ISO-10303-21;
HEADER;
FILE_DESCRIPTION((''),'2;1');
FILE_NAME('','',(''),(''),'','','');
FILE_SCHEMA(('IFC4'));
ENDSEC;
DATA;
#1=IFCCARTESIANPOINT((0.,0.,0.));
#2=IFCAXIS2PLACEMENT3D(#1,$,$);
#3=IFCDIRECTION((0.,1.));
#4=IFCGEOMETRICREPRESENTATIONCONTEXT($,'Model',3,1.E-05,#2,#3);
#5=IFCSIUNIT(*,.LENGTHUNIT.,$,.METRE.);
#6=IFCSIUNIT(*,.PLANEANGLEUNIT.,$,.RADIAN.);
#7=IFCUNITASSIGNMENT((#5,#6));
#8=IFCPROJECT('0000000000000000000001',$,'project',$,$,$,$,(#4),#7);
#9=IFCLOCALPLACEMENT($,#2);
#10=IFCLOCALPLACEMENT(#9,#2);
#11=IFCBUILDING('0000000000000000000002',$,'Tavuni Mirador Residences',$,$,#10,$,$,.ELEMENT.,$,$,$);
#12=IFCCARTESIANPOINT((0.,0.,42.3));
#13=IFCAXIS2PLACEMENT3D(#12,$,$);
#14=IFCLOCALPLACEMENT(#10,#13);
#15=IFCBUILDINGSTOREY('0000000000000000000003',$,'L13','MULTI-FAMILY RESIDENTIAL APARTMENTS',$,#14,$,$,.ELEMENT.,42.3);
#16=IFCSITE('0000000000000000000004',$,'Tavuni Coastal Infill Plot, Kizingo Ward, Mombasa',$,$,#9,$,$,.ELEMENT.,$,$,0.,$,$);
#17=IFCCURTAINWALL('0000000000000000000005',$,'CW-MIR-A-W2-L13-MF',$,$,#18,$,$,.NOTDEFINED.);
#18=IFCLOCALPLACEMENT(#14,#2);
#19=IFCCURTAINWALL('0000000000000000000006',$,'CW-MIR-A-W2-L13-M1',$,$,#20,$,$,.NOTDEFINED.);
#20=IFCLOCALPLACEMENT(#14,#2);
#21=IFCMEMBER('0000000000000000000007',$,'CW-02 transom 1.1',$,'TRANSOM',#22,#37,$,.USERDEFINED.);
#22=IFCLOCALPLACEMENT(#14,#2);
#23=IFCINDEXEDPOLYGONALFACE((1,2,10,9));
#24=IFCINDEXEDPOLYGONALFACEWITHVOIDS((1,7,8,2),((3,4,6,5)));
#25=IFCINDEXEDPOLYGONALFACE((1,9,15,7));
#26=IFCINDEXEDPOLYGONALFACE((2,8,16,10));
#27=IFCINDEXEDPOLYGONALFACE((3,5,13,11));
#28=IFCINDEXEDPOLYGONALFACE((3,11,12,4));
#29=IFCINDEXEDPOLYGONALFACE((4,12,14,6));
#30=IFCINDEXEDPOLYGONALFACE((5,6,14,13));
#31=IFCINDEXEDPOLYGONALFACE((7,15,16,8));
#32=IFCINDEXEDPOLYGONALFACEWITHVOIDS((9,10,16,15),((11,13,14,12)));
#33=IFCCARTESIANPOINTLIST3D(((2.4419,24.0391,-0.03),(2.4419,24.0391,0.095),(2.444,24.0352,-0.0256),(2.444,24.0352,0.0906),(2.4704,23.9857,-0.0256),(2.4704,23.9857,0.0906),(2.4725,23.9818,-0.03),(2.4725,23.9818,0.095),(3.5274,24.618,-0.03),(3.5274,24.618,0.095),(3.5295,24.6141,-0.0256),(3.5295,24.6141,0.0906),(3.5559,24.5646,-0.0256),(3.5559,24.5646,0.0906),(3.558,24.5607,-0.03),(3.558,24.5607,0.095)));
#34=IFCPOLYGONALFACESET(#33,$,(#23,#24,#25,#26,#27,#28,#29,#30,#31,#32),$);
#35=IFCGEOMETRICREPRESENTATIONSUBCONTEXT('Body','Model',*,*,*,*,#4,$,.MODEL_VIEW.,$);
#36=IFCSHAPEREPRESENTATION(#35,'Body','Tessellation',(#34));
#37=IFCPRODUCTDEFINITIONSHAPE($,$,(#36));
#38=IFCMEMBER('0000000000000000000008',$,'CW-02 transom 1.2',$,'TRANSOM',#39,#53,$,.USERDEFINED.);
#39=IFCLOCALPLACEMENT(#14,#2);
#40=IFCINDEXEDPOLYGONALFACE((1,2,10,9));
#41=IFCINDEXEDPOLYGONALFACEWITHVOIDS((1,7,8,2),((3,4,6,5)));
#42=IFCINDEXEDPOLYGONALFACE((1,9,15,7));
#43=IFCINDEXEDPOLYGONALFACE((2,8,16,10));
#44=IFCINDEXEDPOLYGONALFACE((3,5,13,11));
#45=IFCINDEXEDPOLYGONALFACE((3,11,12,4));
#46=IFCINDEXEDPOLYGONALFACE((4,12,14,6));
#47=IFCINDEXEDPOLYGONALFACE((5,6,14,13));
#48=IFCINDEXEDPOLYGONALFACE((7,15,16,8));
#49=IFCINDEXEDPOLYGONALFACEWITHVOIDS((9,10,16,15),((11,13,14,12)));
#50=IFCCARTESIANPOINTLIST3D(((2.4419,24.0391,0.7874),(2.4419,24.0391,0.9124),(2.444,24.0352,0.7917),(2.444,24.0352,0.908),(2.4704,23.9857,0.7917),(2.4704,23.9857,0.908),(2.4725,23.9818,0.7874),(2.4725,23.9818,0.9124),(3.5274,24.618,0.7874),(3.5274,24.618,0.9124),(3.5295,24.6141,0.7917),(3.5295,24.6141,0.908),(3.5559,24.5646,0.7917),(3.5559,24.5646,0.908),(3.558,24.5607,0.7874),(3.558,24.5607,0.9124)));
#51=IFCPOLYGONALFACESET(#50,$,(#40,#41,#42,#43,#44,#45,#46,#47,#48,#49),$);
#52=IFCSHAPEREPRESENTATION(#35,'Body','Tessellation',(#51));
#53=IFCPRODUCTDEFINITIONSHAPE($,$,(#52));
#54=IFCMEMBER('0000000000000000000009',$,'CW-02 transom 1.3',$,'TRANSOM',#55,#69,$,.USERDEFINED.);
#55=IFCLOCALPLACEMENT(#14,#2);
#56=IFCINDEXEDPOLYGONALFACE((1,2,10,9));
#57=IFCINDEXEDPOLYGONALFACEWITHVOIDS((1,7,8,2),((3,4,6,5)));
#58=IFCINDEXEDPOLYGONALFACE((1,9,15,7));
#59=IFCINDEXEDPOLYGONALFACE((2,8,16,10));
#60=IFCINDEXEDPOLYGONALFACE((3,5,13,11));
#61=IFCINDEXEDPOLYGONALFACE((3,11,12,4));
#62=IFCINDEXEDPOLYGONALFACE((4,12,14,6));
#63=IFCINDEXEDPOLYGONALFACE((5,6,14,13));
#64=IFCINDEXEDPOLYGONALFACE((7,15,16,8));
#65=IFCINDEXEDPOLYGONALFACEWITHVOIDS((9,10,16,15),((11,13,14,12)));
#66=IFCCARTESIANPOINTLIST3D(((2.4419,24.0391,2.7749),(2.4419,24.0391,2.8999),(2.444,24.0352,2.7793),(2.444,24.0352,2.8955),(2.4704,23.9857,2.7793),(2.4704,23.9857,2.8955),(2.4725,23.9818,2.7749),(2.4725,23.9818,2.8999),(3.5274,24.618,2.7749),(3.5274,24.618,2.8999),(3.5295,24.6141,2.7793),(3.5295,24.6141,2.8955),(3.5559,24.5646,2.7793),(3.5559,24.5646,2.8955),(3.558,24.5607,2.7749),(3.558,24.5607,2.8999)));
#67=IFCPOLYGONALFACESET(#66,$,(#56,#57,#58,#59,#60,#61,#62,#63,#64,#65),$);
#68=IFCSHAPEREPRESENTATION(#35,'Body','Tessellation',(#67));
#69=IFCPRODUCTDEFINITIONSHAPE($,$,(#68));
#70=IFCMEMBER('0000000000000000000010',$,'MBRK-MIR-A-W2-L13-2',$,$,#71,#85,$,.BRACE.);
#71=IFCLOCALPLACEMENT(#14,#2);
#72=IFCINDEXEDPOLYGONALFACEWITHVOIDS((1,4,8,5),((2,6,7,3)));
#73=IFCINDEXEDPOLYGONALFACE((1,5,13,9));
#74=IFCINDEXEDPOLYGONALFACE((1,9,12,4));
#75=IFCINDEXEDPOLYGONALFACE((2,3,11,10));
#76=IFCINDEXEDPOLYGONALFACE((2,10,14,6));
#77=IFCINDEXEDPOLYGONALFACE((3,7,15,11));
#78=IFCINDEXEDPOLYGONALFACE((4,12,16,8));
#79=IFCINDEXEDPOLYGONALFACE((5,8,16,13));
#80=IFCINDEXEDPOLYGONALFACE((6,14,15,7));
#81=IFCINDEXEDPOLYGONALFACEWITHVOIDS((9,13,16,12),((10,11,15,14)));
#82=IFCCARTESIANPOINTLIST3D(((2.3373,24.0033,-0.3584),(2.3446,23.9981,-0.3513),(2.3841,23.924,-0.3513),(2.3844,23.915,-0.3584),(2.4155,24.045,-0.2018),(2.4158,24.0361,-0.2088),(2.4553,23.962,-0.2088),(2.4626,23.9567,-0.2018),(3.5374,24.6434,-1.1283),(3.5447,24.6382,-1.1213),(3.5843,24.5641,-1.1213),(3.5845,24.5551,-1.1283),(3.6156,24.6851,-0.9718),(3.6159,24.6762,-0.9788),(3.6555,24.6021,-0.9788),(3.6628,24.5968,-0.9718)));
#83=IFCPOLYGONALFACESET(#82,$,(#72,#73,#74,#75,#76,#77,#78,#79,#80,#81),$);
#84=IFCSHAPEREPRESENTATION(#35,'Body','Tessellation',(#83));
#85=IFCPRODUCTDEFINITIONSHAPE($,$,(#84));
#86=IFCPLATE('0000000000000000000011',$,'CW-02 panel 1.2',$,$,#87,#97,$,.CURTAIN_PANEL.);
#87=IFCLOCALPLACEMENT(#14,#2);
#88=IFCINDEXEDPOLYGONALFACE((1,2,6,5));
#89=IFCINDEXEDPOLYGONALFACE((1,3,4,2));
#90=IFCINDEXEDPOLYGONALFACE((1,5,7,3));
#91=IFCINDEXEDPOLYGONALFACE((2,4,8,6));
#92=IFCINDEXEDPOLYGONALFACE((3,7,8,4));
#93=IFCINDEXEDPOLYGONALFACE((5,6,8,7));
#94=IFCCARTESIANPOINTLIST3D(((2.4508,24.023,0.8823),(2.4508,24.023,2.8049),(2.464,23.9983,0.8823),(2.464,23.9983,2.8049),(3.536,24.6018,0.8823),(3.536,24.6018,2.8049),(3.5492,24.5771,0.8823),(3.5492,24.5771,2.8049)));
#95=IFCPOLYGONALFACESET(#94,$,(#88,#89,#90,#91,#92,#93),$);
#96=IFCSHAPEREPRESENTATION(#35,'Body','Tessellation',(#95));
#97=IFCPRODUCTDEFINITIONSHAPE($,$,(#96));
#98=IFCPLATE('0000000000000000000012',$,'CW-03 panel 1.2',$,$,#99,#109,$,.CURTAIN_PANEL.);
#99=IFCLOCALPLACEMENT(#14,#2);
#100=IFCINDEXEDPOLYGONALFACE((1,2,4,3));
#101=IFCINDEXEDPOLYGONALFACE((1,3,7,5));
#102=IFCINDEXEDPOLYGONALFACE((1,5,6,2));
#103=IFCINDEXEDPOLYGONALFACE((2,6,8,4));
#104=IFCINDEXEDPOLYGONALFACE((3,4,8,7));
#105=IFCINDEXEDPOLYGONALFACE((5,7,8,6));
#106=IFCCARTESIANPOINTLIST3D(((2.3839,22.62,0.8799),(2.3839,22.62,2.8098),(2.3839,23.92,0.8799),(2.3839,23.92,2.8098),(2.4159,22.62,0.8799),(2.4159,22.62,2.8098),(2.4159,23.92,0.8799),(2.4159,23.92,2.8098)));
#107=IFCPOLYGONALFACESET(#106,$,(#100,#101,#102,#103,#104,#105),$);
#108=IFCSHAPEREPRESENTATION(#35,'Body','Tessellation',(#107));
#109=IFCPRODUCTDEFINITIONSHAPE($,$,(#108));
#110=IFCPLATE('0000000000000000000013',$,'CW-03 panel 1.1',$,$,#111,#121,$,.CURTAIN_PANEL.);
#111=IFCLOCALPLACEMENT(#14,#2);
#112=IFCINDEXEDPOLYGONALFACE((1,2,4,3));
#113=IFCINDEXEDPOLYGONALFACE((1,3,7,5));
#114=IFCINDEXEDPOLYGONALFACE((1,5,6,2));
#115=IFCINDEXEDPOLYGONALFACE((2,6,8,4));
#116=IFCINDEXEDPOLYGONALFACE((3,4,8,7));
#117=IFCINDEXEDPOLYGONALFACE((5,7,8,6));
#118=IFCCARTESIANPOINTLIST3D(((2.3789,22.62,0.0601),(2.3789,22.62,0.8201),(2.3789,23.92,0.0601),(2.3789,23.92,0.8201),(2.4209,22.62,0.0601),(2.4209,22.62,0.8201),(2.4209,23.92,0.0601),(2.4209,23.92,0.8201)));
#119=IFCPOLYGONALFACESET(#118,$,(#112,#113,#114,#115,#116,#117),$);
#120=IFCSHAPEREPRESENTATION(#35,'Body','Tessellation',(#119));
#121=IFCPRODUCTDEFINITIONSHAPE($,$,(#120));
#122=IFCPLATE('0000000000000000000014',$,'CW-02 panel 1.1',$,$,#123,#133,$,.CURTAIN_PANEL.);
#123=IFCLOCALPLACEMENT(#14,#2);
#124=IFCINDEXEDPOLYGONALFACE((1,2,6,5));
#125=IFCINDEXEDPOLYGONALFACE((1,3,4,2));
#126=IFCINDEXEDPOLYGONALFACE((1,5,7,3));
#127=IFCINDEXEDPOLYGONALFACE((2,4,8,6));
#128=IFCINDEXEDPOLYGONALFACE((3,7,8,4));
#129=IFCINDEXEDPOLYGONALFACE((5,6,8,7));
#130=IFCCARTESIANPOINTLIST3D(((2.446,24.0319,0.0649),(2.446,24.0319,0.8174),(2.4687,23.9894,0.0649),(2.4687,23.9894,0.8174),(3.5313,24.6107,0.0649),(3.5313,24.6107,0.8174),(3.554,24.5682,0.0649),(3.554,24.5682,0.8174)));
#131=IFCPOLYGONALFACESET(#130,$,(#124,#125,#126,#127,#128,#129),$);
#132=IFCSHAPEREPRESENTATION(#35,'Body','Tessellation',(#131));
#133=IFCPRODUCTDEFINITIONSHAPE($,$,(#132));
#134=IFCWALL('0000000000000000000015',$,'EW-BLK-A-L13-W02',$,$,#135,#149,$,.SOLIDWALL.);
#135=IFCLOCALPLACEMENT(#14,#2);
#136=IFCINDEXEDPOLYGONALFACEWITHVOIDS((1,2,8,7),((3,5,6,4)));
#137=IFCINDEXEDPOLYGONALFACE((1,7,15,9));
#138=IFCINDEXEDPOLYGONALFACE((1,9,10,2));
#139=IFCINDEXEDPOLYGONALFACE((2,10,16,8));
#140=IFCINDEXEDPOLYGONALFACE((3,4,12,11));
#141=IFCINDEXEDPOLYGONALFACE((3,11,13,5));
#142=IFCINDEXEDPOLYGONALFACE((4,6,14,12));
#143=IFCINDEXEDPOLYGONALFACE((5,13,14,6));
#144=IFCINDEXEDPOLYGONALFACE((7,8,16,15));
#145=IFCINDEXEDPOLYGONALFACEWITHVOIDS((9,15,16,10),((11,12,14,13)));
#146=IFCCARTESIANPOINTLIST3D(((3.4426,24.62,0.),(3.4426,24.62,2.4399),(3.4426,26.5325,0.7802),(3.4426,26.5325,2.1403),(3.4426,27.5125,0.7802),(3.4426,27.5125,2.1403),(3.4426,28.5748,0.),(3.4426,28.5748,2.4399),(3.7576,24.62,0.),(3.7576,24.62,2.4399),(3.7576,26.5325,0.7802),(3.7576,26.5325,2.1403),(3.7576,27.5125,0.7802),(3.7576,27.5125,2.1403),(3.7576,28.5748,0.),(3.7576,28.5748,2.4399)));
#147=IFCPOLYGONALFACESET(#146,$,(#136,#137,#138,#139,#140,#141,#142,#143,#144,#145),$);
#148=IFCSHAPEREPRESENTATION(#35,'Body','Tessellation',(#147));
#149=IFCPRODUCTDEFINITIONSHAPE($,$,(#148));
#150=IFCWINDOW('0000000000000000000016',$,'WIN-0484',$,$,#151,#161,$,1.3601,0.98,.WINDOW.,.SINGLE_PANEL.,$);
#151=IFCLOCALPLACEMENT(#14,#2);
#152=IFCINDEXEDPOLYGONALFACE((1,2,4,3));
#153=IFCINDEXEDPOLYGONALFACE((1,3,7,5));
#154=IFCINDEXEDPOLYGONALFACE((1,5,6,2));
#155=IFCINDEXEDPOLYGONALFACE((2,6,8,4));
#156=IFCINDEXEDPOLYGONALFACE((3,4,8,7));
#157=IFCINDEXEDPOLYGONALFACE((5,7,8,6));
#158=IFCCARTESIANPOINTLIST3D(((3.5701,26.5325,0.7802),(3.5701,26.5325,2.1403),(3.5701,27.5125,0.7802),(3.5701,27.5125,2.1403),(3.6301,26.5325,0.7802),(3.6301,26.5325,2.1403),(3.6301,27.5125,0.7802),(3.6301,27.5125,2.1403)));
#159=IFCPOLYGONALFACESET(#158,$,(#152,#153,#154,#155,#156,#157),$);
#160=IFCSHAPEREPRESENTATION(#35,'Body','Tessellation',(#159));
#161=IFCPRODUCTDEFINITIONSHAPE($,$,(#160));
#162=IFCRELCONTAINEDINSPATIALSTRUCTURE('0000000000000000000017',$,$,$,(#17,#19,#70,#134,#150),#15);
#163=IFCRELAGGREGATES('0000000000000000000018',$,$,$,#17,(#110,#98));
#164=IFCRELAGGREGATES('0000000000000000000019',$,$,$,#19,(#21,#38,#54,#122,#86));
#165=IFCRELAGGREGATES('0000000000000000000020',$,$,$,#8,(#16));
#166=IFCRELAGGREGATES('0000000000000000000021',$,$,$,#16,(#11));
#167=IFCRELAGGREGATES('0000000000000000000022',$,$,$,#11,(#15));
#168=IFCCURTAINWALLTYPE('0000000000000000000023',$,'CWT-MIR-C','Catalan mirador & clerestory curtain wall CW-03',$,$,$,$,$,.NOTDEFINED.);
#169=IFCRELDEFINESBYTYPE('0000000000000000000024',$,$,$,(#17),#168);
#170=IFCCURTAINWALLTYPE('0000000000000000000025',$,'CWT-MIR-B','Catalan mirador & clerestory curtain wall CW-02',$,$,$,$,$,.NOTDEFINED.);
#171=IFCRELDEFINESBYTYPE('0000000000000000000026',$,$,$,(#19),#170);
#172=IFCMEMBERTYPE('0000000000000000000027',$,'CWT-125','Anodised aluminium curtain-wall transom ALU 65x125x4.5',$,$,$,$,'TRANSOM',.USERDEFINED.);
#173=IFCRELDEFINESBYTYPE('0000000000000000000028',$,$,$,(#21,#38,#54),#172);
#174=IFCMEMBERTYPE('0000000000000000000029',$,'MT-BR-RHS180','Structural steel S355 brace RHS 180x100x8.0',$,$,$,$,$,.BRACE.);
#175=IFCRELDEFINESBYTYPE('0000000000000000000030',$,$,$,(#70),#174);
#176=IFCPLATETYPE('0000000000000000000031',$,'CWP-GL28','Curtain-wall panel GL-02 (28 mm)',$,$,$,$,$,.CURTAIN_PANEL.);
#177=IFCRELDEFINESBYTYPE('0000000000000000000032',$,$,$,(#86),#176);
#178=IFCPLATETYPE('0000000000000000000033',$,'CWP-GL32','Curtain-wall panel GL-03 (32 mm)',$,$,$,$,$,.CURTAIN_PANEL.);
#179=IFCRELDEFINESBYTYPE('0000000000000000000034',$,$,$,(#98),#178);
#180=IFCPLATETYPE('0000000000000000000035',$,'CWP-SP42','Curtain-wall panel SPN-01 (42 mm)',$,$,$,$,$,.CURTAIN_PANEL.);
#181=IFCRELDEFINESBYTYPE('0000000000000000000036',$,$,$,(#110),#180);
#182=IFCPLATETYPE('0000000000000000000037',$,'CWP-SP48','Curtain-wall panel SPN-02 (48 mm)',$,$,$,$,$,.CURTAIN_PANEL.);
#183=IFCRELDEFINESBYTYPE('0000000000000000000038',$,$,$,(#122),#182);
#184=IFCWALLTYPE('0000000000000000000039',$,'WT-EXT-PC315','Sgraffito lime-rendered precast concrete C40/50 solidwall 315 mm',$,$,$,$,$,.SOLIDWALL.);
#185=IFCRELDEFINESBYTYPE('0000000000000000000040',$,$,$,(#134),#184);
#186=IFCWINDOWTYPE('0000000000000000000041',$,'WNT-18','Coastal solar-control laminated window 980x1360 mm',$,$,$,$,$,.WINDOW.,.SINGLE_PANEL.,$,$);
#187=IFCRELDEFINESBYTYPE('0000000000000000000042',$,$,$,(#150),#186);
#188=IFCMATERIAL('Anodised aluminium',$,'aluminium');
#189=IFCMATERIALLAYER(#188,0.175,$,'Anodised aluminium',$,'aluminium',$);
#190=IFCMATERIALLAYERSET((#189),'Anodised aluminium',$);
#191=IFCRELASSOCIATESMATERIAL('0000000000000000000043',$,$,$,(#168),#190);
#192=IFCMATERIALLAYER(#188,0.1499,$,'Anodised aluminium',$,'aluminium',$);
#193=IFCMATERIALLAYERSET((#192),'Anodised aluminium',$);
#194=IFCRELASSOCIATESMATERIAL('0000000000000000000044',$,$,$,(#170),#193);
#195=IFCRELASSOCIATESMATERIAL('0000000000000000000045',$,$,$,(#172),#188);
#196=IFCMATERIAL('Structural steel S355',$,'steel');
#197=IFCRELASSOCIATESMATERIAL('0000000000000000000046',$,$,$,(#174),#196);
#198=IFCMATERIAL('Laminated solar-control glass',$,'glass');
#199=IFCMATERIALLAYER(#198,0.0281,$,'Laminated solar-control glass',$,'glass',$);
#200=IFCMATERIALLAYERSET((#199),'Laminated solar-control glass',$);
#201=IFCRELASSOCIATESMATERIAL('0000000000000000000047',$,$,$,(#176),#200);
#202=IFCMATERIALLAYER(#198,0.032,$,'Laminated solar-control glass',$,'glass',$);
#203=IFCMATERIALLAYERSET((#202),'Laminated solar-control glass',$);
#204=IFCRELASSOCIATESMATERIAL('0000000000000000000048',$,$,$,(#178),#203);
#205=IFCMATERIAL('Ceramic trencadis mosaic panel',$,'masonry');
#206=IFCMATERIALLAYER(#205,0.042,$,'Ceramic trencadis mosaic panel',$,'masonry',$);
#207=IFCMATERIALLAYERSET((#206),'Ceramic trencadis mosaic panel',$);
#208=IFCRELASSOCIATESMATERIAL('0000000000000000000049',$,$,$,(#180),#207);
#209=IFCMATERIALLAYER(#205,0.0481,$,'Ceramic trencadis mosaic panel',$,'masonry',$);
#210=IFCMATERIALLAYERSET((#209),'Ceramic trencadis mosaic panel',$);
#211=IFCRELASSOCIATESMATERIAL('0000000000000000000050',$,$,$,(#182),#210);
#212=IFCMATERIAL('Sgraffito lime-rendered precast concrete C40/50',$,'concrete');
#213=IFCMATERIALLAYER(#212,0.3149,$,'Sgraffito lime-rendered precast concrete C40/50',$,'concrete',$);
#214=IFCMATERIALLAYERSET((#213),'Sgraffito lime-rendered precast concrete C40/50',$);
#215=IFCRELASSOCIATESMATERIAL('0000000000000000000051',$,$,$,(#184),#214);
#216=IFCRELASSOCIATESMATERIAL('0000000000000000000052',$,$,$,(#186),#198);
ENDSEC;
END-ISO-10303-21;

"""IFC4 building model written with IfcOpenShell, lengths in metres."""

from ifc_helpers import new_model, si_unit, direction, frame, frame_2d, origin, origin_2d, place, context, subcontext, project, spatial, rectangle, hollow_rectangle, extrude, material, layer, layer_set, material_profile, profile_set, type_object, element, fill, aggregate, save


model = new_model("IFC4")

# Units and contexts
model_context = context("Model", 3, precision=1e-05, world=origin(), true_north=direction((0.0, 1.0)))
body_context = subcontext(model_context, "Body", "Model", "MODEL_VIEW")
ifc_project = project(units=[si_unit("LENGTHUNIT", "METRE"), si_unit("PLANEANGLEUNIT", "RADIAN")], contexts=[model_context])

# Site, building, storey
site_placement = place(None, origin())
site = spatial("IfcSite", under=ifc_project, at=site_placement, Name="Tavuni Coastal Infill Plot, Kizingo Ward, Mombasa", CompositionType="ELEMENT", RefElevation=0.0)
building_placement = place(site_placement, origin())
building = spatial("IfcBuilding", under=site, at=building_placement, Name="Tavuni Mirador Residences", CompositionType="ELEMENT")
storey_placement = place(building_placement, frame((0.0, 0.0, 42.3)))
storey = spatial("IfcBuildingStorey", under=building, at=storey_placement, Name="L13", Description="MULTI-FAMILY RESIDENTIAL APARTMENTS", CompositionType="ELEMENT", Elevation=42.3)

# Curtain walls
ifc_material_1 = material(Name="Anodised aluminium", Category="aluminium")
ifc_layer_1 = layer(ifc_material_1, 0.175, Name="Anodised aluminium", Category="aluminium")
ifc_layer_set_1 = layer_set([ifc_layer_1], Name="Anodised aluminium")
curtain_wall_type_1 = type_object("IfcCurtainWallType", Name="CWT-MIR-C", Description="Catalan mirador & clerestory curtain wall CW-03", PredefinedType="NOTDEFINED", material=ifc_layer_set_1)
curtain_wall_1_placement = place(storey_placement, origin())
curtain_wall_1 = element("IfcCurtainWall", 1, at=curtain_wall_1_placement, inside=storey, type_object=curtain_wall_type_1, Name="CW-MIR-A-W2-L13-MF", PredefinedType="NOTDEFINED")
ifc_layer_2 = layer(ifc_material_1, 0.1499, Name="Anodised aluminium", Category="aluminium")
ifc_layer_set_2 = layer_set([ifc_layer_2], Name="Anodised aluminium")
curtain_wall_type_2 = type_object("IfcCurtainWallType", Name="CWT-MIR-B", Description="Catalan mirador & clerestory curtain wall CW-02", PredefinedType="NOTDEFINED", material=ifc_layer_set_2)
curtain_wall_2_placement = place(storey_placement, origin())
curtain_wall_2 = element("IfcCurtainWall", 2, at=curtain_wall_2_placement, inside=storey, type_object=curtain_wall_type_2, Name="CW-MIR-A-W2-L13-M1", PredefinedType="NOTDEFINED")

# Members
ifc_material_profile_1 = material_profile(ifc_material_1, hollow_rectangle(XDim=0.0649, YDim=0.125, WallThickness=0.0044, at=origin_2d()), Name="ALU 65x125x4.5", Category="aluminium")
ifc_profile_set_1 = profile_set([ifc_material_profile_1], Name="Anodised aluminium")
member_type_1 = type_object("IfcMemberType", Name="CWT-125", Description="Anodised aluminium curtain-wall transom ALU 65x125x4.5", ElementType="TRANSOM", PredefinedType="USERDEFINED", material=ifc_profile_set_1)
member_1_placement = place(storey_placement, frame((3.5427, 24.5894, 0.0325), z_axis=(-0.882369, -0.470557, 0.0), x_axis=(0.470557, -0.882369, 0.0)))
member_1 = element("IfcMember", 3, at=member_1_placement, type_object=member_type_1, Name="CW-02 transom 1.1", ObjectType="TRANSOM", PredefinedType="USERDEFINED", context=body_context, shape_type="SweptSolid", body=[
    extrude(hollow_rectangle(XDim=0.0649, YDim=0.125, WallThickness=0.0044, at=origin_2d()), origin(), (0.0, 0.0, 1.0), 1.2302),
])
member_2_placement = place(storey_placement, frame((3.5427, 24.5894, 0.8499), z_axis=(-0.882369, -0.470557, 0.0), x_axis=(0.470557, -0.882369, 0.0)))
member_2 = element("IfcMember", 4, at=member_2_placement, type_object=member_type_1, Name="CW-02 transom 1.2", ObjectType="TRANSOM", PredefinedType="USERDEFINED", context=body_context, shape_type="SweptSolid", body=[
    extrude(hollow_rectangle(XDim=0.0649, YDim=0.125, WallThickness=0.0044, at=origin_2d()), origin(), (0.0, 0.0, 1.0), 1.2302),
])
member_3_placement = place(storey_placement, frame((3.5427, 24.5894, 2.8374), z_axis=(-0.882369, -0.470557, 0.0), x_axis=(0.470557, -0.882369, 0.0)))
member_3 = element("IfcMember", 5, at=member_3_placement, type_object=member_type_1, Name="CW-02 transom 1.3", ObjectType="TRANSOM", PredefinedType="USERDEFINED", context=body_context, shape_type="SweptSolid", body=[
    extrude(hollow_rectangle(XDim=0.0649, YDim=0.125, WallThickness=0.0044, at=origin_2d()), origin(), (0.0, 0.0, 1.0), 1.2302),
])
ifc_material_2 = material(Name="Structural steel S355", Category="steel")
ifc_material_profile_2 = material_profile(ifc_material_2, hollow_rectangle(XDim=0.1001, YDim=0.1799, WallThickness=0.0081, at=origin_2d()), Name="RHS 180x100x8.0", Category="steel")
ifc_profile_set_2 = profile_set([ifc_material_profile_2], Name="Structural steel S355")
member_type_2 = type_object("IfcMemberType", Name="MT-BR-RHS180", Description="Structural steel S355 brace RHS 180x100x8.0", PredefinedType="BRACE", material=ifc_profile_set_2)
member_4_placement = place(storey_placement, frame((3.6001, 24.6201, -1.05), z_axis=(-0.767847, -0.409539, 0.492634), x_axis=(0.470607, -0.882343, 0.0)))
element("IfcMember", 6, at=member_4_placement, inside=storey, type_object=member_type_2, Name="MBRK-MIR-A-W2-L13-2", PredefinedType="BRACE", context=body_context, shape_type="SweptSolid", body=[
    extrude(hollow_rectangle(XDim=0.1001, YDim=0.1799, WallThickness=0.0081, at=origin_2d()), origin(), (0.0, 0.0, 1.0), 1.563),
])

# Plates
ifc_material_3 = material(Name="Laminated solar-control glass", Category="glass")
ifc_layer_3 = layer(ifc_material_3, 0.0281, Name="Laminated solar-control glass", Category="glass")
ifc_layer_set_3 = layer_set([ifc_layer_3], Name="Laminated solar-control glass")
plate_type_1 = type_object("IfcPlateType", Name="CWP-GL28", Description="Curtain-wall panel GL-02 (28 mm)", PredefinedType="CURTAIN_PANEL", material=ifc_layer_set_3)
plate_1_placement = place(storey_placement, frame((3.0, 24.3, 0.8823), z_axis=(0.0, 0.0, 1.0), x_axis=(-0.882353, -0.470588, 0.0)))
plate_1 = element("IfcPlate", 7, at=plate_1_placement, type_object=plate_type_1, Name="CW-02 panel 1.2", PredefinedType="CURTAIN_PANEL", context=body_context, shape_type="SweptSolid", body=[
    extrude(rectangle(XDim=1.23, YDim=0.0281, at=origin_2d()), origin(), (0.0, 0.0, 1.0), 1.9226),
])
ifc_layer_4 = layer(ifc_material_3, 0.032, Name="Laminated solar-control glass", Category="glass")
ifc_layer_set_4 = layer_set([ifc_layer_4], Name="Laminated solar-control glass")
plate_type_2 = type_object("IfcPlateType", Name="CWP-GL32", Description="Curtain-wall panel GL-03 (32 mm)", PredefinedType="CURTAIN_PANEL", material=ifc_layer_set_4)
plate_2_placement = place(storey_placement, frame((2.3999, 23.27, 0.8799), z_axis=(0.0, 0.0, 1.0), x_axis=(0.0, -1.0, 0.0)))
plate_2 = element("IfcPlate", 8, at=plate_2_placement, type_object=plate_type_2, Name="CW-03 panel 1.2", PredefinedType="CURTAIN_PANEL", context=body_context, shape_type="SweptSolid", body=[
    extrude(rectangle(XDim=1.3, YDim=0.032, at=origin_2d()), origin(), (0.0, 0.0, 1.0), 1.9299),
])
ifc_material_4 = material(Name="Ceramic trencadis mosaic panel", Category="masonry")
ifc_layer_5 = layer(ifc_material_4, 0.042, Name="Ceramic trencadis mosaic panel", Category="masonry")
ifc_layer_set_5 = layer_set([ifc_layer_5], Name="Ceramic trencadis mosaic panel")
plate_type_3 = type_object("IfcPlateType", Name="CWP-SP42", Description="Curtain-wall panel SPN-01 (42 mm)", PredefinedType="CURTAIN_PANEL", material=ifc_layer_set_5)
plate_3_placement = place(storey_placement, frame((2.3999, 23.27, 0.0601), z_axis=(0.0, 0.0, 1.0), x_axis=(0.0, -1.0, 0.0)))
plate_3 = element("IfcPlate", 9, at=plate_3_placement, type_object=plate_type_3, Name="CW-03 panel 1.1", PredefinedType="CURTAIN_PANEL", context=body_context, shape_type="SweptSolid", body=[
    extrude(rectangle(XDim=1.3, YDim=0.042, at=origin_2d()), origin(), (0.0, 0.0, 1.0), 0.76),
])
aggregate(curtain_wall_1, [plate_3, plate_2])
ifc_layer_6 = layer(ifc_material_4, 0.0481, Name="Ceramic trencadis mosaic panel", Category="masonry")
ifc_layer_set_6 = layer_set([ifc_layer_6], Name="Ceramic trencadis mosaic panel")
plate_type_4 = type_object("IfcPlateType", Name="CWP-SP48", Description="Curtain-wall panel SPN-02 (48 mm)", PredefinedType="CURTAIN_PANEL", material=ifc_layer_set_6)
plate_4_placement = place(storey_placement, frame((3.0, 24.3, 0.0649), z_axis=(0.0, 0.0, 1.0), x_axis=(-0.882353, -0.470588, 0.0)))
plate_4 = element("IfcPlate", 10, at=plate_4_placement, type_object=plate_type_4, Name="CW-02 panel 1.1", PredefinedType="CURTAIN_PANEL", context=body_context, shape_type="SweptSolid", body=[
    extrude(rectangle(XDim=1.23, YDim=0.0481, at=origin_2d()), origin(), (0.0, 0.0, 1.0), 0.7524),
])
aggregate(curtain_wall_2, [member_1, member_2, member_3, plate_4, plate_1])

# Wall, opening, window
ifc_material_5 = material(Name="Sgraffito lime-rendered precast concrete C40/50", Category="concrete")
ifc_layer_7 = layer(ifc_material_5, 0.3149, Name="Sgraffito lime-rendered precast concrete C40/50", Category="concrete")
ifc_layer_set_7 = layer_set([ifc_layer_7], Name="Sgraffito lime-rendered precast concrete C40/50")
wall_type_1 = type_object("IfcWallType", Name="WT-EXT-PC315", Description="Sgraffito lime-rendered precast concrete C40/50 solidwall 315 mm", PredefinedType="SOLIDWALL", material=ifc_layer_set_7)
wall_1_placement = place(storey_placement, frame((3.6001, 28.575, 0.0), z_axis=(0.0, 0.0, 1.0), x_axis=(0.0, -1.0, 0.0)))
wall_1 = element("IfcWall", 11, at=wall_1_placement, inside=storey, type_object=wall_type_1, Name="EW-BLK-A-L13-W02", PredefinedType="SOLIDWALL", context=body_context, shape_type="SweptSolid", body=[
    extrude(rectangle(XDim=3.9548, YDim=0.3149, at=frame_2d((1.9775, 0.0))), origin(), (0.0, 0.0, 1.0), 2.4399),
])
opening_1_placement = place(wall_1_placement, frame((1.0625, 0.0, 0.78)))
opening_1 = element("IfcOpeningElement", 12, at=opening_1_placement, cuts=wall_1, PredefinedType="OPENING", context=body_context, shape_type="SweptSolid", body=[
    extrude(rectangle(XDim=0.98, YDim=1.3601, at=frame_2d((0.49, 0.6802))), frame((0.0, 0.1675, 0.0), z_axis=(0.0, -1.0, 0.0), x_axis=(1.0, 0.0, 0.0)), (0.0, 0.0, 1.0), 0.335),
])
window_type = type_object("IfcWindowType", Name="WNT-18", Description="Coastal solar-control laminated window 980x1360 mm", PartitioningType="SINGLE_PANEL", PredefinedType="WINDOW", material=ifc_material_3)
window_placement = place(opening_1_placement, origin())
window = element("IfcWindow", 13, at=window_placement, inside=storey, type_object=window_type, Name="WIN-0484", OverallHeight=1.3601, OverallWidth=0.98, PartitioningType="SINGLE_PANEL", PredefinedType="WINDOW", context=body_context, shape_type="SweptSolid", body=[
    extrude(rectangle(XDim=0.98, YDim=1.3601, at=frame_2d((0.49, 0.6802))), frame((0.0, 0.03, 0.0), z_axis=(0.0, -1.0, 0.0), x_axis=(1.0, 0.0, 0.0)), (0.0, 0.0, 1.0), 0.0601),
])
fill(opening_1, window)

save(model, "model.ifc")
